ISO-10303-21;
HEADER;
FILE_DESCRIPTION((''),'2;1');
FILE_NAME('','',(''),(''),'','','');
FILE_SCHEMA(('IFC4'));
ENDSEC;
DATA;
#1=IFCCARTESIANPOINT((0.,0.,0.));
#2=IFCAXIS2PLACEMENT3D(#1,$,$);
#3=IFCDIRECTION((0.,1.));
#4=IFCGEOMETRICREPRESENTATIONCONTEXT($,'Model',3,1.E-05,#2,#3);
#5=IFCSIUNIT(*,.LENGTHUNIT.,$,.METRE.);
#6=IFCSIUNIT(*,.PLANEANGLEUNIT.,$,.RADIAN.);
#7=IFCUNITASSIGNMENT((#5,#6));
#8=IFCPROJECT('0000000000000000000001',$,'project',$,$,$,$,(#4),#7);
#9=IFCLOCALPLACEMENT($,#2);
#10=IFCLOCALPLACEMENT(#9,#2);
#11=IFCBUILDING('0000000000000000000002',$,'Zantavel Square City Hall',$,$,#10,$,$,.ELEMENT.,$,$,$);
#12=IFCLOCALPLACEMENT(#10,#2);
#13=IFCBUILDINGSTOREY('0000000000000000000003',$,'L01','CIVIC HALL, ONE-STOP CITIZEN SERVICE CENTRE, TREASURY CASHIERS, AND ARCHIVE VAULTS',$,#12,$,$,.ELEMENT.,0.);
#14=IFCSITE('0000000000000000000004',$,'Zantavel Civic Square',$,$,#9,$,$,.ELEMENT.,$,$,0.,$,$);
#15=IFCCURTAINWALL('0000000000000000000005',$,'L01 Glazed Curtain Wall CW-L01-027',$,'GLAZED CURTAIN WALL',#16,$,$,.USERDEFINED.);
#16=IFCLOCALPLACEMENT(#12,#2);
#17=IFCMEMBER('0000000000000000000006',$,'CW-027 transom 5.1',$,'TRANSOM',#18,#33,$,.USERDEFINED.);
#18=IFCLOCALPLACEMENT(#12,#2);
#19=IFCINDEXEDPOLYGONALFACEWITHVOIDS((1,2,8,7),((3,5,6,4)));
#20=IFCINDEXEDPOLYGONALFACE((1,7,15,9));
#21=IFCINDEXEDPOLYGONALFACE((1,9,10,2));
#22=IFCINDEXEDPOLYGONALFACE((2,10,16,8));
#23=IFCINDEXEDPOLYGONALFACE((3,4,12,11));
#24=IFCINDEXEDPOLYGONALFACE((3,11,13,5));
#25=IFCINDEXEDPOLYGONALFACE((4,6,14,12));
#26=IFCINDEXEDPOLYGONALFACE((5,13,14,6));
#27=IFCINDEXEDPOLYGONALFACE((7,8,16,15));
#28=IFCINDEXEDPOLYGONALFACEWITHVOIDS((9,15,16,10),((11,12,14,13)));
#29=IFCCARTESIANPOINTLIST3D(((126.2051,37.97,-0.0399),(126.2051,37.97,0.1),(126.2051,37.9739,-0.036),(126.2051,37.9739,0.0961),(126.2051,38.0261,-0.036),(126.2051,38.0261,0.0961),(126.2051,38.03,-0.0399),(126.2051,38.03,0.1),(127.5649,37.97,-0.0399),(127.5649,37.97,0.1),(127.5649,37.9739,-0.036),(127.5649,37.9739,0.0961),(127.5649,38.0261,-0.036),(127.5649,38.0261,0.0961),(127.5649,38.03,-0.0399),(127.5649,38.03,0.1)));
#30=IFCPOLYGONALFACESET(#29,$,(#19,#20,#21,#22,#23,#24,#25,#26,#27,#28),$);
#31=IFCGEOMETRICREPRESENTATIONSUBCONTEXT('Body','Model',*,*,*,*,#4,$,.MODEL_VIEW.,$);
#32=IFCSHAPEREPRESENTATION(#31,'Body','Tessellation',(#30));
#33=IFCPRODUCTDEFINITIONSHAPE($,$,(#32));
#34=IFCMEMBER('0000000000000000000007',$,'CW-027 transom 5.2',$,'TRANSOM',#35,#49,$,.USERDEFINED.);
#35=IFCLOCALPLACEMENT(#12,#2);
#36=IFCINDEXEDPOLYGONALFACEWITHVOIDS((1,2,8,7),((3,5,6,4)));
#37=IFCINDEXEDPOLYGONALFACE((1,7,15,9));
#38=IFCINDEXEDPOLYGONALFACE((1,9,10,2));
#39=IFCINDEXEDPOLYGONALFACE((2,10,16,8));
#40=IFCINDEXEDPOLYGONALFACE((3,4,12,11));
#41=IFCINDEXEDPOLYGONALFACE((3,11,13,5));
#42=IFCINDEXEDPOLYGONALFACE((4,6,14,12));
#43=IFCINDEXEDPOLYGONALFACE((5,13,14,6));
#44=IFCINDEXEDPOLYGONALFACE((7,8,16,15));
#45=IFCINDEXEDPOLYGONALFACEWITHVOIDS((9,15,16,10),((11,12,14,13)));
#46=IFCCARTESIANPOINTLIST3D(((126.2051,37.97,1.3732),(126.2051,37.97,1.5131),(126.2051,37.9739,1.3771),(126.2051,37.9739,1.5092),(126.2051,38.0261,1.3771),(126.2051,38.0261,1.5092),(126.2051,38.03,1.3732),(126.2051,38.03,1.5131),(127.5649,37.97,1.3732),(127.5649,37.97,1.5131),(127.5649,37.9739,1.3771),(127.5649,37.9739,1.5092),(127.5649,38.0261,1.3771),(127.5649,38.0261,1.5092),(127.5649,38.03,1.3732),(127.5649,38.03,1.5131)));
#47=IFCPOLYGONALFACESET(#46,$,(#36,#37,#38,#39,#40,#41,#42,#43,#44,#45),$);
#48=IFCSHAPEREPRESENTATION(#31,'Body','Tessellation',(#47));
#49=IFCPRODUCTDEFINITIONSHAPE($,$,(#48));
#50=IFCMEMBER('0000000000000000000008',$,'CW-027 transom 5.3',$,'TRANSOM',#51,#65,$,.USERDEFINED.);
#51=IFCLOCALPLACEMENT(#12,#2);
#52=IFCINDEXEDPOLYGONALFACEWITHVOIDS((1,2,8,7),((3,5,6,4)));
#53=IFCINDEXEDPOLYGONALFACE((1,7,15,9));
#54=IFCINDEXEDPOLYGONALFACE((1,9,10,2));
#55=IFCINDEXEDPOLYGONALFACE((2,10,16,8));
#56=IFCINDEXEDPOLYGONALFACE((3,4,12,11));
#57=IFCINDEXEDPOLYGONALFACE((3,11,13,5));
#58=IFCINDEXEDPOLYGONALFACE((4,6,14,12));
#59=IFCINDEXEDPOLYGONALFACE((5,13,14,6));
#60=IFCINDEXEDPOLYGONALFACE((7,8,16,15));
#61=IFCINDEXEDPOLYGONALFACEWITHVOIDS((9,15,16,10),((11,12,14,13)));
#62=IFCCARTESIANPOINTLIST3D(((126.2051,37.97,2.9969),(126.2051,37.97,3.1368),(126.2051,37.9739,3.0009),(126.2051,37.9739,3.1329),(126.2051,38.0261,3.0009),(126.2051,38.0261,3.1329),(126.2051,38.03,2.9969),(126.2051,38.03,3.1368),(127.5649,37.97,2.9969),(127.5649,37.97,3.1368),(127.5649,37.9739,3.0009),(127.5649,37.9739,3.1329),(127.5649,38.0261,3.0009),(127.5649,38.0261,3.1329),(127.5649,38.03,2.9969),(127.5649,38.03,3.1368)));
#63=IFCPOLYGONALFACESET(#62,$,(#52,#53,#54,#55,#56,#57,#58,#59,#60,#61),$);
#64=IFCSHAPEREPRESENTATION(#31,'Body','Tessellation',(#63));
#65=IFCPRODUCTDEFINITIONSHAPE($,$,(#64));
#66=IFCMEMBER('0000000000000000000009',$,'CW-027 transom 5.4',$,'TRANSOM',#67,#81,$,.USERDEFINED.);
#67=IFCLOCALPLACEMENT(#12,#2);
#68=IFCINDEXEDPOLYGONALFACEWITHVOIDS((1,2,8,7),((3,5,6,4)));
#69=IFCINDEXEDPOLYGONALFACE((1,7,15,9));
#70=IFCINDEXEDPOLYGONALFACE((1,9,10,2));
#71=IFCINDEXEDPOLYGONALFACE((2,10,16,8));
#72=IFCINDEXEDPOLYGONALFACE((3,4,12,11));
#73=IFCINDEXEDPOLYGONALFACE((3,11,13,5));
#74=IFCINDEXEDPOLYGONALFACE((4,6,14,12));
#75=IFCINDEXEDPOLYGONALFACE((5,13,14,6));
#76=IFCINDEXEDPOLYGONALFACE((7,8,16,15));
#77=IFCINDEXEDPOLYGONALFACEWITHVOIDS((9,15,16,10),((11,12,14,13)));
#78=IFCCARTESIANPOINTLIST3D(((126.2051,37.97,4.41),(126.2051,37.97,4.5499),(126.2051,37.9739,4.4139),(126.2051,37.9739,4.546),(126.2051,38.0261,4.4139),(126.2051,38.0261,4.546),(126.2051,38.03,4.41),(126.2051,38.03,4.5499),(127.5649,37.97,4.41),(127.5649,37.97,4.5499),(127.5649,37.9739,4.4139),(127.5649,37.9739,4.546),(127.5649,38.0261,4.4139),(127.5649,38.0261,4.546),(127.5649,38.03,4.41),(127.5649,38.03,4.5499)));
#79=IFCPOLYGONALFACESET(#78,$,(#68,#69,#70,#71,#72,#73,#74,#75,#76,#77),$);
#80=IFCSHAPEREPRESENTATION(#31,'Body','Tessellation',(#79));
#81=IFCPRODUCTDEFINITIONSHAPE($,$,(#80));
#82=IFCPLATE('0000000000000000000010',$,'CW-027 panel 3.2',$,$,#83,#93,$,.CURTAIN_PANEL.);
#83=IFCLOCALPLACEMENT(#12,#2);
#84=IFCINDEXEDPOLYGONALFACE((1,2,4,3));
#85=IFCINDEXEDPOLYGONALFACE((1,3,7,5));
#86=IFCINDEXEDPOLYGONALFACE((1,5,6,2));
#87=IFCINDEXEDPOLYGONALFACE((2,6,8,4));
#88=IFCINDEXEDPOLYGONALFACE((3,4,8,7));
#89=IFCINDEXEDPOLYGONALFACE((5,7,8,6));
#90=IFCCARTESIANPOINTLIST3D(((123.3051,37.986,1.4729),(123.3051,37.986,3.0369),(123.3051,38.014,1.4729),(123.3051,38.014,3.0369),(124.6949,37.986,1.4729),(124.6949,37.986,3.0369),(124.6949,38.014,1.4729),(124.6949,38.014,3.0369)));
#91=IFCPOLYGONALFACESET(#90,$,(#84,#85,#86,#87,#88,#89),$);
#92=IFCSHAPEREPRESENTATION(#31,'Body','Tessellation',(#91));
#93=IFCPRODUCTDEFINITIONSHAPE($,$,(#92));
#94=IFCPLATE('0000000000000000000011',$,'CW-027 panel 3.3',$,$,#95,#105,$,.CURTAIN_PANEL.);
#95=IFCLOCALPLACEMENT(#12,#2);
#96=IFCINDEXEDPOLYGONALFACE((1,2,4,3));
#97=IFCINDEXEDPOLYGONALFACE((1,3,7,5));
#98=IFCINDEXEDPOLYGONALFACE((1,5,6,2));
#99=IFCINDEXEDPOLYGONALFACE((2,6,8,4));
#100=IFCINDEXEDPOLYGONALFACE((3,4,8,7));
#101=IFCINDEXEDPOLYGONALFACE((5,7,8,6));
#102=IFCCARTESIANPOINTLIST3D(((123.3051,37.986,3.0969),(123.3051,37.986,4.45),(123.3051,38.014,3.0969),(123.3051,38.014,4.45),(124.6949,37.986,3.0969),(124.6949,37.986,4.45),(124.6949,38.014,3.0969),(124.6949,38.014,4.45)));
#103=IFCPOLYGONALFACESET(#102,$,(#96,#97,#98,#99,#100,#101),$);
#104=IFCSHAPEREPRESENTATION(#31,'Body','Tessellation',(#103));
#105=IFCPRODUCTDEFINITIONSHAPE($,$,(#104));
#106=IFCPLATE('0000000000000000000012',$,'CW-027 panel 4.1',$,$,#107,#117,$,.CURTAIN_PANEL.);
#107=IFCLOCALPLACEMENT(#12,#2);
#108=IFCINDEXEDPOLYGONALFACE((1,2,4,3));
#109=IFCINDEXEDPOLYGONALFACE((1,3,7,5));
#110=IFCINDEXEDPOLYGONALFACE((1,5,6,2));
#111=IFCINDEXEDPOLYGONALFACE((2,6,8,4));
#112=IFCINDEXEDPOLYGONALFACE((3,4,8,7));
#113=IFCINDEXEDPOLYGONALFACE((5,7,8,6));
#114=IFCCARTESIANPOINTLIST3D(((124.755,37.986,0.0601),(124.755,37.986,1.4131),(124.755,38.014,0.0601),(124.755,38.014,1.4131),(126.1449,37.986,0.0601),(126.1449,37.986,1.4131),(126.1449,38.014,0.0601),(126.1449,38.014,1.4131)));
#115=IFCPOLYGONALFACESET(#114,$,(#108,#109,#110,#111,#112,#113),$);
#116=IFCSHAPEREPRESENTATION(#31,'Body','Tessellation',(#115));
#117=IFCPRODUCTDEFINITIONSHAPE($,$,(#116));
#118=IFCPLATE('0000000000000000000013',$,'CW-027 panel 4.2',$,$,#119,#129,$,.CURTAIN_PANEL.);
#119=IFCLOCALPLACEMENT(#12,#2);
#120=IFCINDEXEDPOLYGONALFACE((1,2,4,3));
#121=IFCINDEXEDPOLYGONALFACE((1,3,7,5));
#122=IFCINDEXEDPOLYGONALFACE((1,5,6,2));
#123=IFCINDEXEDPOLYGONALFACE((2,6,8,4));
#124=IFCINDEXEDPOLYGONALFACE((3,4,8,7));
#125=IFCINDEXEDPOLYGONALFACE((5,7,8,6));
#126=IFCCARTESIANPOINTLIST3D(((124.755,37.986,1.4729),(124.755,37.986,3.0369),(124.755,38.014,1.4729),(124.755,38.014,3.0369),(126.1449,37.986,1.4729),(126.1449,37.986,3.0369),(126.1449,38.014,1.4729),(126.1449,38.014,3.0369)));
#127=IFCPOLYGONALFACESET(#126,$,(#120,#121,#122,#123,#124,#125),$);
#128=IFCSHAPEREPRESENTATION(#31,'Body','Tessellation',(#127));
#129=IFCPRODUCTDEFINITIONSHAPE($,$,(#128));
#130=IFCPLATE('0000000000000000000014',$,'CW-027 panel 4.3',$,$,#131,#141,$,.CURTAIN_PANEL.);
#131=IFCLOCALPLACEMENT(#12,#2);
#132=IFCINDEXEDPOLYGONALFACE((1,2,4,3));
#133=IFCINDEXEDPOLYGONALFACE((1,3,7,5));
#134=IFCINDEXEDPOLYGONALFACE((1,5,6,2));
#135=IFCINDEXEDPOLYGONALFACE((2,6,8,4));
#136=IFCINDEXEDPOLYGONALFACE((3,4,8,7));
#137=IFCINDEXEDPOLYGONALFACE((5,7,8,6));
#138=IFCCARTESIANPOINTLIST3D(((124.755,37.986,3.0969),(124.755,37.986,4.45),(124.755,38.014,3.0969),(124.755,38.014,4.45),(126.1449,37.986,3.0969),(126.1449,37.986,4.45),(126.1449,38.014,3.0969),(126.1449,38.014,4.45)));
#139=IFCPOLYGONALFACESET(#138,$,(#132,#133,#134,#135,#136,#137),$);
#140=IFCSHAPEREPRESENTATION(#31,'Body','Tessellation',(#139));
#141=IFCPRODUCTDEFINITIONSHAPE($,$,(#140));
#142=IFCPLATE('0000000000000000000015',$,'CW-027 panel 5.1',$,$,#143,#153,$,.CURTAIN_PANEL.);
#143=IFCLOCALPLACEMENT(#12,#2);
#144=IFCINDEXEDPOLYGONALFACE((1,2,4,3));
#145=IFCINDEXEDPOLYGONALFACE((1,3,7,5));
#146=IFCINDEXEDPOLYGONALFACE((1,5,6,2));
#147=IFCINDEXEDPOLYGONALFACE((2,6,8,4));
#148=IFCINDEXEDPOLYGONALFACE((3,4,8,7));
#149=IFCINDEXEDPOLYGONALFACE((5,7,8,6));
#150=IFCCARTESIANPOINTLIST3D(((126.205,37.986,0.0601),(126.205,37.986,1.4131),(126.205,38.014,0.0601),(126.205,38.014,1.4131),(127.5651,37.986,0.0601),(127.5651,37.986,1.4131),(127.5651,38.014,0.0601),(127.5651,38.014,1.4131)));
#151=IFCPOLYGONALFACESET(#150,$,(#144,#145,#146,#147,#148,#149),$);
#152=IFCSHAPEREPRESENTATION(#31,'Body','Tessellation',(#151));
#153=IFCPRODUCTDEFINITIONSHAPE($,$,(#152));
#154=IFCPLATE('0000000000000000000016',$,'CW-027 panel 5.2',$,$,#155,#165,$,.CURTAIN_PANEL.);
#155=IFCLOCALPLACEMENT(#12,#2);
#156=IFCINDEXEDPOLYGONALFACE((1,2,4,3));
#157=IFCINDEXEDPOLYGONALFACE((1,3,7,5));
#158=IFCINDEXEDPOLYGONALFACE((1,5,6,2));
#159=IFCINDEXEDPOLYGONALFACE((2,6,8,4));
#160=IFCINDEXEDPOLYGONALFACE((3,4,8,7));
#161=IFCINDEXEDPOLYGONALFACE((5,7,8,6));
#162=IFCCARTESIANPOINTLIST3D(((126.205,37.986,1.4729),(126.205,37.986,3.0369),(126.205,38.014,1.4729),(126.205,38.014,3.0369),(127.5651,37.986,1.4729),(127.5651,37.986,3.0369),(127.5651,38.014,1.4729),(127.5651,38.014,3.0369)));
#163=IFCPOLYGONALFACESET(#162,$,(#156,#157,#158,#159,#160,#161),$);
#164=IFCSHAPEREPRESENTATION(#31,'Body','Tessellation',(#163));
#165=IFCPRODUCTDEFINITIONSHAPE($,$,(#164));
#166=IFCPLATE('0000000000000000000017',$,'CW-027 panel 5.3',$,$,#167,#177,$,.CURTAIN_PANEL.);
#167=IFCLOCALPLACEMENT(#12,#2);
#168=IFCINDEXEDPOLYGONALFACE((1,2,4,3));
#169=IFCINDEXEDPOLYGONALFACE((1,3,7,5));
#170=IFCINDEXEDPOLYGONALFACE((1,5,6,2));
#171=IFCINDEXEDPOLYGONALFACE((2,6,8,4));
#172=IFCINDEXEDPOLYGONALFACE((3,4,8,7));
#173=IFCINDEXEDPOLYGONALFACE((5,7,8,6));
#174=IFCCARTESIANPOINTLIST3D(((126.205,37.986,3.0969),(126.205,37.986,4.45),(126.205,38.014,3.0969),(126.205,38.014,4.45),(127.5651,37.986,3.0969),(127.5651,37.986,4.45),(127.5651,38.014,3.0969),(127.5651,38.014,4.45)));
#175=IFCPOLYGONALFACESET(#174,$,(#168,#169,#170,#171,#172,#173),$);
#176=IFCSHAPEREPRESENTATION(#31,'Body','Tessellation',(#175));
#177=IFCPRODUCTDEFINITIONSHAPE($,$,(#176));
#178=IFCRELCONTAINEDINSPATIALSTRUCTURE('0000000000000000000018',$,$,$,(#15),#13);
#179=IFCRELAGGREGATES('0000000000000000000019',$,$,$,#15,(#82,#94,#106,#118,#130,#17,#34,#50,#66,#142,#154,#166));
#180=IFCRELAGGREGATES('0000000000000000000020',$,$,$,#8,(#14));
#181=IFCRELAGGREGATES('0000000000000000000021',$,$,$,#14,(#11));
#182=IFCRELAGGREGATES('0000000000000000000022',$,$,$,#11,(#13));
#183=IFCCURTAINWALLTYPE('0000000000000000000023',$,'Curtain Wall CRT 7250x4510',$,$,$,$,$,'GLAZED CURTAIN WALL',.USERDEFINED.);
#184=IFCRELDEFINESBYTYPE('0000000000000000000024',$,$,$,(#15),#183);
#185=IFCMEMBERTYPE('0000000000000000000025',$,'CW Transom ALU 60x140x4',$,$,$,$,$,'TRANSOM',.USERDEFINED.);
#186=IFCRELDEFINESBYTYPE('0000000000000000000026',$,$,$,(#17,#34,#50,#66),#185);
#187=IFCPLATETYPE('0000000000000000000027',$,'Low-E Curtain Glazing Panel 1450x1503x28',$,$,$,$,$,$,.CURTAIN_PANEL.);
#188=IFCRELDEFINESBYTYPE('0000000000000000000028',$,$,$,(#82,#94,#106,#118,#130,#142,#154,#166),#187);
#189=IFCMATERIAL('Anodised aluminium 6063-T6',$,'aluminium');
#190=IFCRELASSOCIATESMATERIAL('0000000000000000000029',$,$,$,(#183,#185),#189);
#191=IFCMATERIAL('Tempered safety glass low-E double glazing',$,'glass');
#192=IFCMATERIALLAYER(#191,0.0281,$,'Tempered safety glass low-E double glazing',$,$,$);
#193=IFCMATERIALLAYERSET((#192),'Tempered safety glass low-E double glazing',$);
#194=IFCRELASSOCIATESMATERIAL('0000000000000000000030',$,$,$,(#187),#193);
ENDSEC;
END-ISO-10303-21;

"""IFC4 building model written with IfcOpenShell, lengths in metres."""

from ifc_helpers import new_model, si_unit, direction, frame, origin, origin_2d, place, context, subcontext, project, spatial, rectangle, hollow_rectangle, extrude, material, layer, layer_set, material_profile, profile_set, type_object, element, aggregate, save


model = new_model("IFC4")

# Units and contexts
model_context = context("Model", 3, precision=1e-05, world=origin(), true_north=direction((0.0, 1.0)))
body_context = subcontext(model_context, "Body", "Model", "MODEL_VIEW")
ifc_project = project(units=[si_unit("LENGTHUNIT", "METRE"), si_unit("PLANEANGLEUNIT", "RADIAN")], contexts=[model_context])

# Site, building, storey
site_placement = place(None, origin())
site = spatial("IfcSite", under=ifc_project, at=site_placement, Name="Zantavel Civic Square", CompositionType="ELEMENT", RefElevation=0.0)
building_placement = place(site_placement, origin())
building = spatial("IfcBuilding", under=site, at=building_placement, Name="Zantavel Square City Hall", CompositionType="ELEMENT")
storey_placement = place(building_placement, origin())
storey = spatial("IfcBuildingStorey", under=building, at=storey_placement, Name="L01", Description="CIVIC HALL, ONE-STOP CITIZEN SERVICE CENTRE, TREASURY CASHIERS, AND ARCHIVE VAULTS", CompositionType="ELEMENT", Elevation=0.0)

# Curtain wall, members, plates
ifc_material_1 = material(Name="Anodised aluminium 6063-T6", Category="aluminium")
curtain_wall_type = type_object("IfcCurtainWallType", Name="Curtain Wall CRT 7250x4510", ElementType="GLAZED CURTAIN WALL", PredefinedType="USERDEFINED", material=ifc_material_1)
curtain_wall_placement = place(storey_placement, origin())
curtain_wall = element("IfcCurtainWall", 1, at=curtain_wall_placement, inside=storey, type_object=curtain_wall_type, Name="L01 Glazed Curtain Wall CW-L01-027", ObjectType="GLAZED CURTAIN WALL", PredefinedType="USERDEFINED")
ifc_material_profile_1 = material_profile(ifc_material_1, hollow_rectangle(XDim=0.0601, YDim=0.1399, WallThickness=0.0039, at=origin_2d()), Name="ALU 60x140x4")
ifc_profile_set_1 = profile_set([ifc_material_profile_1], Name="Anodised aluminium 6063-T6")
member_type_1 = type_object("IfcMemberType", Name="CW Transom ALU 60x140x4", ElementType="TRANSOM", PredefinedType="USERDEFINED", material=ifc_profile_set_1)
member_1_placement = place(storey_placement, frame((126.2051, 38.0, 0.03), z_axis=(1.0, 0.0, 0.0), x_axis=(0.0, 1.0, 0.0)))
member_1 = element("IfcMember", 2, at=member_1_placement, type_object=member_type_1, Name="CW-027 transom 5.1", ObjectType="TRANSOM", PredefinedType="USERDEFINED", context=body_context, shape_type="SweptSolid", body=[
    extrude(hollow_rectangle(XDim=0.0601, YDim=0.1399, WallThickness=0.0039, at=origin_2d()), origin(), (0.0, 0.0, 1.0), 1.3599),
])
member_2_placement = place(storey_placement, frame((126.2051, 38.0, 1.4431), z_axis=(1.0, 0.0, 0.0), x_axis=(0.0, 1.0, 0.0)))
member_2 = element("IfcMember", 3, at=member_2_placement, type_object=member_type_1, Name="CW-027 transom 5.2", ObjectType="TRANSOM", PredefinedType="USERDEFINED", context=body_context, shape_type="SweptSolid", body=[
    extrude(hollow_rectangle(XDim=0.0601, YDim=0.1399, WallThickness=0.0039, at=origin_2d()), origin(), (0.0, 0.0, 1.0), 1.3599),
])
member_3_placement = place(storey_placement, frame((126.2051, 38.0, 3.0669), z_axis=(1.0, 0.0, 0.0), x_axis=(0.0, 1.0, 0.0)))
member_3 = element("IfcMember", 4, at=member_3_placement, type_object=member_type_1, Name="CW-027 transom 5.3", ObjectType="TRANSOM", PredefinedType="USERDEFINED", context=body_context, shape_type="SweptSolid", body=[
    extrude(hollow_rectangle(XDim=0.0601, YDim=0.1399, WallThickness=0.0039, at=origin_2d()), origin(), (0.0, 0.0, 1.0), 1.3599),
])
member_4_placement = place(storey_placement, frame((126.2051, 38.0, 4.48), z_axis=(1.0, 0.0, 0.0), x_axis=(0.0, 1.0, 0.0)))
member_4 = element("IfcMember", 5, at=member_4_placement, type_object=member_type_1, Name="CW-027 transom 5.4", ObjectType="TRANSOM", PredefinedType="USERDEFINED", context=body_context, shape_type="SweptSolid", body=[
    extrude(hollow_rectangle(XDim=0.0601, YDim=0.1399, WallThickness=0.0039, at=origin_2d()), origin(), (0.0, 0.0, 1.0), 1.3599),
])
ifc_material_2 = material(Name="Tempered safety glass low-E double glazing", Category="glass")
ifc_layer = layer(ifc_material_2, 0.0281, Name="Tempered safety glass low-E double glazing")
ifc_layer_set = layer_set([ifc_layer], Name="Tempered safety glass low-E double glazing")
plate_type = type_object("IfcPlateType", Name="Low-E Curtain Glazing Panel 1450x1503x28", PredefinedType="CURTAIN_PANEL", material=ifc_layer_set)
plate_1_placement = place(storey_placement, frame((124.0, 38.0, 1.4729), z_axis=(0.0, 0.0, 1.0), x_axis=(1.0, 0.0, 0.0)))
plate_1 = element("IfcPlate", 6, at=plate_1_placement, type_object=plate_type, Name="CW-027 panel 3.2", PredefinedType="CURTAIN_PANEL", context=body_context, shape_type="SweptSolid", body=[
    extrude(rectangle(XDim=1.3899, YDim=0.0281, at=origin_2d()), origin(), (0.0, 0.0, 1.0), 1.564),
])
plate_2_placement = place(storey_placement, frame((124.0, 38.0, 3.0969), z_axis=(0.0, 0.0, 1.0), x_axis=(1.0, 0.0, 0.0)))
plate_2 = element("IfcPlate", 7, at=plate_2_placement, type_object=plate_type, Name="CW-027 panel 3.3", PredefinedType="CURTAIN_PANEL", context=body_context, shape_type="SweptSolid", body=[
    extrude(rectangle(XDim=1.3899, YDim=0.0281, at=origin_2d()), origin(), (0.0, 0.0, 1.0), 1.353),
])
plate_3_placement = place(storey_placement, frame((125.45, 38.0, 0.0601), z_axis=(0.0, 0.0, 1.0), x_axis=(1.0, 0.0, 0.0)))
plate_3 = element("IfcPlate", 8, at=plate_3_placement, type_object=plate_type, Name="CW-027 panel 4.1", PredefinedType="CURTAIN_PANEL", context=body_context, shape_type="SweptSolid", body=[
    extrude(rectangle(XDim=1.3899, YDim=0.0281, at=origin_2d()), origin(), (0.0, 0.0, 1.0), 1.353),
])
plate_4_placement = place(storey_placement, frame((125.45, 38.0, 1.4729), z_axis=(0.0, 0.0, 1.0), x_axis=(1.0, 0.0, 0.0)))
plate_4 = element("IfcPlate", 9, at=plate_4_placement, type_object=plate_type, Name="CW-027 panel 4.2", PredefinedType="CURTAIN_PANEL", context=body_context, shape_type="SweptSolid", body=[
    extrude(rectangle(XDim=1.3899, YDim=0.0281, at=origin_2d()), origin(), (0.0, 0.0, 1.0), 1.564),
])
plate_5_placement = place(storey_placement, frame((125.45, 38.0, 3.0969), z_axis=(0.0, 0.0, 1.0), x_axis=(1.0, 0.0, 0.0)))
plate_5 = element("IfcPlate", 10, at=plate_5_placement, type_object=plate_type, Name="CW-027 panel 4.3", PredefinedType="CURTAIN_PANEL", context=body_context, shape_type="SweptSolid", body=[
    extrude(rectangle(XDim=1.3899, YDim=0.0281, at=origin_2d()), origin(), (0.0, 0.0, 1.0), 1.353),
])
plate_6_placement = place(storey_placement, frame((126.885, 38.0, 0.0601), z_axis=(0.0, 0.0, 1.0), x_axis=(1.0, 0.0, 0.0)))
plate_6 = element("IfcPlate", 11, at=plate_6_placement, type_object=plate_type, Name="CW-027 panel 5.1", PredefinedType="CURTAIN_PANEL", context=body_context, shape_type="SweptSolid", body=[
    extrude(rectangle(XDim=1.3601, YDim=0.0281, at=origin_2d()), origin(), (0.0, 0.0, 1.0), 1.353),
])
plate_7_placement = place(storey_placement, frame((126.885, 38.0, 1.4729), z_axis=(0.0, 0.0, 1.0), x_axis=(1.0, 0.0, 0.0)))
plate_7 = element("IfcPlate", 12, at=plate_7_placement, type_object=plate_type, Name="CW-027 panel 5.2", PredefinedType="CURTAIN_PANEL", context=body_context, shape_type="SweptSolid", body=[
    extrude(rectangle(XDim=1.3601, YDim=0.0281, at=origin_2d()), origin(), (0.0, 0.0, 1.0), 1.564),
])
plate_8_placement = place(storey_placement, frame((126.885, 38.0, 3.0969), z_axis=(0.0, 0.0, 1.0), x_axis=(1.0, 0.0, 0.0)))
plate_8 = element("IfcPlate", 13, at=plate_8_placement, type_object=plate_type, Name="CW-027 panel 5.3", PredefinedType="CURTAIN_PANEL", context=body_context, shape_type="SweptSolid", body=[
    extrude(rectangle(XDim=1.3601, YDim=0.0281, at=origin_2d()), origin(), (0.0, 0.0, 1.0), 1.353),
])
aggregate(curtain_wall, [plate_1, plate_2, plate_3, plate_4, plate_5, member_1, member_2, member_3, member_4, plate_6, plate_7, plate_8])

save(model, "model.ifc")
